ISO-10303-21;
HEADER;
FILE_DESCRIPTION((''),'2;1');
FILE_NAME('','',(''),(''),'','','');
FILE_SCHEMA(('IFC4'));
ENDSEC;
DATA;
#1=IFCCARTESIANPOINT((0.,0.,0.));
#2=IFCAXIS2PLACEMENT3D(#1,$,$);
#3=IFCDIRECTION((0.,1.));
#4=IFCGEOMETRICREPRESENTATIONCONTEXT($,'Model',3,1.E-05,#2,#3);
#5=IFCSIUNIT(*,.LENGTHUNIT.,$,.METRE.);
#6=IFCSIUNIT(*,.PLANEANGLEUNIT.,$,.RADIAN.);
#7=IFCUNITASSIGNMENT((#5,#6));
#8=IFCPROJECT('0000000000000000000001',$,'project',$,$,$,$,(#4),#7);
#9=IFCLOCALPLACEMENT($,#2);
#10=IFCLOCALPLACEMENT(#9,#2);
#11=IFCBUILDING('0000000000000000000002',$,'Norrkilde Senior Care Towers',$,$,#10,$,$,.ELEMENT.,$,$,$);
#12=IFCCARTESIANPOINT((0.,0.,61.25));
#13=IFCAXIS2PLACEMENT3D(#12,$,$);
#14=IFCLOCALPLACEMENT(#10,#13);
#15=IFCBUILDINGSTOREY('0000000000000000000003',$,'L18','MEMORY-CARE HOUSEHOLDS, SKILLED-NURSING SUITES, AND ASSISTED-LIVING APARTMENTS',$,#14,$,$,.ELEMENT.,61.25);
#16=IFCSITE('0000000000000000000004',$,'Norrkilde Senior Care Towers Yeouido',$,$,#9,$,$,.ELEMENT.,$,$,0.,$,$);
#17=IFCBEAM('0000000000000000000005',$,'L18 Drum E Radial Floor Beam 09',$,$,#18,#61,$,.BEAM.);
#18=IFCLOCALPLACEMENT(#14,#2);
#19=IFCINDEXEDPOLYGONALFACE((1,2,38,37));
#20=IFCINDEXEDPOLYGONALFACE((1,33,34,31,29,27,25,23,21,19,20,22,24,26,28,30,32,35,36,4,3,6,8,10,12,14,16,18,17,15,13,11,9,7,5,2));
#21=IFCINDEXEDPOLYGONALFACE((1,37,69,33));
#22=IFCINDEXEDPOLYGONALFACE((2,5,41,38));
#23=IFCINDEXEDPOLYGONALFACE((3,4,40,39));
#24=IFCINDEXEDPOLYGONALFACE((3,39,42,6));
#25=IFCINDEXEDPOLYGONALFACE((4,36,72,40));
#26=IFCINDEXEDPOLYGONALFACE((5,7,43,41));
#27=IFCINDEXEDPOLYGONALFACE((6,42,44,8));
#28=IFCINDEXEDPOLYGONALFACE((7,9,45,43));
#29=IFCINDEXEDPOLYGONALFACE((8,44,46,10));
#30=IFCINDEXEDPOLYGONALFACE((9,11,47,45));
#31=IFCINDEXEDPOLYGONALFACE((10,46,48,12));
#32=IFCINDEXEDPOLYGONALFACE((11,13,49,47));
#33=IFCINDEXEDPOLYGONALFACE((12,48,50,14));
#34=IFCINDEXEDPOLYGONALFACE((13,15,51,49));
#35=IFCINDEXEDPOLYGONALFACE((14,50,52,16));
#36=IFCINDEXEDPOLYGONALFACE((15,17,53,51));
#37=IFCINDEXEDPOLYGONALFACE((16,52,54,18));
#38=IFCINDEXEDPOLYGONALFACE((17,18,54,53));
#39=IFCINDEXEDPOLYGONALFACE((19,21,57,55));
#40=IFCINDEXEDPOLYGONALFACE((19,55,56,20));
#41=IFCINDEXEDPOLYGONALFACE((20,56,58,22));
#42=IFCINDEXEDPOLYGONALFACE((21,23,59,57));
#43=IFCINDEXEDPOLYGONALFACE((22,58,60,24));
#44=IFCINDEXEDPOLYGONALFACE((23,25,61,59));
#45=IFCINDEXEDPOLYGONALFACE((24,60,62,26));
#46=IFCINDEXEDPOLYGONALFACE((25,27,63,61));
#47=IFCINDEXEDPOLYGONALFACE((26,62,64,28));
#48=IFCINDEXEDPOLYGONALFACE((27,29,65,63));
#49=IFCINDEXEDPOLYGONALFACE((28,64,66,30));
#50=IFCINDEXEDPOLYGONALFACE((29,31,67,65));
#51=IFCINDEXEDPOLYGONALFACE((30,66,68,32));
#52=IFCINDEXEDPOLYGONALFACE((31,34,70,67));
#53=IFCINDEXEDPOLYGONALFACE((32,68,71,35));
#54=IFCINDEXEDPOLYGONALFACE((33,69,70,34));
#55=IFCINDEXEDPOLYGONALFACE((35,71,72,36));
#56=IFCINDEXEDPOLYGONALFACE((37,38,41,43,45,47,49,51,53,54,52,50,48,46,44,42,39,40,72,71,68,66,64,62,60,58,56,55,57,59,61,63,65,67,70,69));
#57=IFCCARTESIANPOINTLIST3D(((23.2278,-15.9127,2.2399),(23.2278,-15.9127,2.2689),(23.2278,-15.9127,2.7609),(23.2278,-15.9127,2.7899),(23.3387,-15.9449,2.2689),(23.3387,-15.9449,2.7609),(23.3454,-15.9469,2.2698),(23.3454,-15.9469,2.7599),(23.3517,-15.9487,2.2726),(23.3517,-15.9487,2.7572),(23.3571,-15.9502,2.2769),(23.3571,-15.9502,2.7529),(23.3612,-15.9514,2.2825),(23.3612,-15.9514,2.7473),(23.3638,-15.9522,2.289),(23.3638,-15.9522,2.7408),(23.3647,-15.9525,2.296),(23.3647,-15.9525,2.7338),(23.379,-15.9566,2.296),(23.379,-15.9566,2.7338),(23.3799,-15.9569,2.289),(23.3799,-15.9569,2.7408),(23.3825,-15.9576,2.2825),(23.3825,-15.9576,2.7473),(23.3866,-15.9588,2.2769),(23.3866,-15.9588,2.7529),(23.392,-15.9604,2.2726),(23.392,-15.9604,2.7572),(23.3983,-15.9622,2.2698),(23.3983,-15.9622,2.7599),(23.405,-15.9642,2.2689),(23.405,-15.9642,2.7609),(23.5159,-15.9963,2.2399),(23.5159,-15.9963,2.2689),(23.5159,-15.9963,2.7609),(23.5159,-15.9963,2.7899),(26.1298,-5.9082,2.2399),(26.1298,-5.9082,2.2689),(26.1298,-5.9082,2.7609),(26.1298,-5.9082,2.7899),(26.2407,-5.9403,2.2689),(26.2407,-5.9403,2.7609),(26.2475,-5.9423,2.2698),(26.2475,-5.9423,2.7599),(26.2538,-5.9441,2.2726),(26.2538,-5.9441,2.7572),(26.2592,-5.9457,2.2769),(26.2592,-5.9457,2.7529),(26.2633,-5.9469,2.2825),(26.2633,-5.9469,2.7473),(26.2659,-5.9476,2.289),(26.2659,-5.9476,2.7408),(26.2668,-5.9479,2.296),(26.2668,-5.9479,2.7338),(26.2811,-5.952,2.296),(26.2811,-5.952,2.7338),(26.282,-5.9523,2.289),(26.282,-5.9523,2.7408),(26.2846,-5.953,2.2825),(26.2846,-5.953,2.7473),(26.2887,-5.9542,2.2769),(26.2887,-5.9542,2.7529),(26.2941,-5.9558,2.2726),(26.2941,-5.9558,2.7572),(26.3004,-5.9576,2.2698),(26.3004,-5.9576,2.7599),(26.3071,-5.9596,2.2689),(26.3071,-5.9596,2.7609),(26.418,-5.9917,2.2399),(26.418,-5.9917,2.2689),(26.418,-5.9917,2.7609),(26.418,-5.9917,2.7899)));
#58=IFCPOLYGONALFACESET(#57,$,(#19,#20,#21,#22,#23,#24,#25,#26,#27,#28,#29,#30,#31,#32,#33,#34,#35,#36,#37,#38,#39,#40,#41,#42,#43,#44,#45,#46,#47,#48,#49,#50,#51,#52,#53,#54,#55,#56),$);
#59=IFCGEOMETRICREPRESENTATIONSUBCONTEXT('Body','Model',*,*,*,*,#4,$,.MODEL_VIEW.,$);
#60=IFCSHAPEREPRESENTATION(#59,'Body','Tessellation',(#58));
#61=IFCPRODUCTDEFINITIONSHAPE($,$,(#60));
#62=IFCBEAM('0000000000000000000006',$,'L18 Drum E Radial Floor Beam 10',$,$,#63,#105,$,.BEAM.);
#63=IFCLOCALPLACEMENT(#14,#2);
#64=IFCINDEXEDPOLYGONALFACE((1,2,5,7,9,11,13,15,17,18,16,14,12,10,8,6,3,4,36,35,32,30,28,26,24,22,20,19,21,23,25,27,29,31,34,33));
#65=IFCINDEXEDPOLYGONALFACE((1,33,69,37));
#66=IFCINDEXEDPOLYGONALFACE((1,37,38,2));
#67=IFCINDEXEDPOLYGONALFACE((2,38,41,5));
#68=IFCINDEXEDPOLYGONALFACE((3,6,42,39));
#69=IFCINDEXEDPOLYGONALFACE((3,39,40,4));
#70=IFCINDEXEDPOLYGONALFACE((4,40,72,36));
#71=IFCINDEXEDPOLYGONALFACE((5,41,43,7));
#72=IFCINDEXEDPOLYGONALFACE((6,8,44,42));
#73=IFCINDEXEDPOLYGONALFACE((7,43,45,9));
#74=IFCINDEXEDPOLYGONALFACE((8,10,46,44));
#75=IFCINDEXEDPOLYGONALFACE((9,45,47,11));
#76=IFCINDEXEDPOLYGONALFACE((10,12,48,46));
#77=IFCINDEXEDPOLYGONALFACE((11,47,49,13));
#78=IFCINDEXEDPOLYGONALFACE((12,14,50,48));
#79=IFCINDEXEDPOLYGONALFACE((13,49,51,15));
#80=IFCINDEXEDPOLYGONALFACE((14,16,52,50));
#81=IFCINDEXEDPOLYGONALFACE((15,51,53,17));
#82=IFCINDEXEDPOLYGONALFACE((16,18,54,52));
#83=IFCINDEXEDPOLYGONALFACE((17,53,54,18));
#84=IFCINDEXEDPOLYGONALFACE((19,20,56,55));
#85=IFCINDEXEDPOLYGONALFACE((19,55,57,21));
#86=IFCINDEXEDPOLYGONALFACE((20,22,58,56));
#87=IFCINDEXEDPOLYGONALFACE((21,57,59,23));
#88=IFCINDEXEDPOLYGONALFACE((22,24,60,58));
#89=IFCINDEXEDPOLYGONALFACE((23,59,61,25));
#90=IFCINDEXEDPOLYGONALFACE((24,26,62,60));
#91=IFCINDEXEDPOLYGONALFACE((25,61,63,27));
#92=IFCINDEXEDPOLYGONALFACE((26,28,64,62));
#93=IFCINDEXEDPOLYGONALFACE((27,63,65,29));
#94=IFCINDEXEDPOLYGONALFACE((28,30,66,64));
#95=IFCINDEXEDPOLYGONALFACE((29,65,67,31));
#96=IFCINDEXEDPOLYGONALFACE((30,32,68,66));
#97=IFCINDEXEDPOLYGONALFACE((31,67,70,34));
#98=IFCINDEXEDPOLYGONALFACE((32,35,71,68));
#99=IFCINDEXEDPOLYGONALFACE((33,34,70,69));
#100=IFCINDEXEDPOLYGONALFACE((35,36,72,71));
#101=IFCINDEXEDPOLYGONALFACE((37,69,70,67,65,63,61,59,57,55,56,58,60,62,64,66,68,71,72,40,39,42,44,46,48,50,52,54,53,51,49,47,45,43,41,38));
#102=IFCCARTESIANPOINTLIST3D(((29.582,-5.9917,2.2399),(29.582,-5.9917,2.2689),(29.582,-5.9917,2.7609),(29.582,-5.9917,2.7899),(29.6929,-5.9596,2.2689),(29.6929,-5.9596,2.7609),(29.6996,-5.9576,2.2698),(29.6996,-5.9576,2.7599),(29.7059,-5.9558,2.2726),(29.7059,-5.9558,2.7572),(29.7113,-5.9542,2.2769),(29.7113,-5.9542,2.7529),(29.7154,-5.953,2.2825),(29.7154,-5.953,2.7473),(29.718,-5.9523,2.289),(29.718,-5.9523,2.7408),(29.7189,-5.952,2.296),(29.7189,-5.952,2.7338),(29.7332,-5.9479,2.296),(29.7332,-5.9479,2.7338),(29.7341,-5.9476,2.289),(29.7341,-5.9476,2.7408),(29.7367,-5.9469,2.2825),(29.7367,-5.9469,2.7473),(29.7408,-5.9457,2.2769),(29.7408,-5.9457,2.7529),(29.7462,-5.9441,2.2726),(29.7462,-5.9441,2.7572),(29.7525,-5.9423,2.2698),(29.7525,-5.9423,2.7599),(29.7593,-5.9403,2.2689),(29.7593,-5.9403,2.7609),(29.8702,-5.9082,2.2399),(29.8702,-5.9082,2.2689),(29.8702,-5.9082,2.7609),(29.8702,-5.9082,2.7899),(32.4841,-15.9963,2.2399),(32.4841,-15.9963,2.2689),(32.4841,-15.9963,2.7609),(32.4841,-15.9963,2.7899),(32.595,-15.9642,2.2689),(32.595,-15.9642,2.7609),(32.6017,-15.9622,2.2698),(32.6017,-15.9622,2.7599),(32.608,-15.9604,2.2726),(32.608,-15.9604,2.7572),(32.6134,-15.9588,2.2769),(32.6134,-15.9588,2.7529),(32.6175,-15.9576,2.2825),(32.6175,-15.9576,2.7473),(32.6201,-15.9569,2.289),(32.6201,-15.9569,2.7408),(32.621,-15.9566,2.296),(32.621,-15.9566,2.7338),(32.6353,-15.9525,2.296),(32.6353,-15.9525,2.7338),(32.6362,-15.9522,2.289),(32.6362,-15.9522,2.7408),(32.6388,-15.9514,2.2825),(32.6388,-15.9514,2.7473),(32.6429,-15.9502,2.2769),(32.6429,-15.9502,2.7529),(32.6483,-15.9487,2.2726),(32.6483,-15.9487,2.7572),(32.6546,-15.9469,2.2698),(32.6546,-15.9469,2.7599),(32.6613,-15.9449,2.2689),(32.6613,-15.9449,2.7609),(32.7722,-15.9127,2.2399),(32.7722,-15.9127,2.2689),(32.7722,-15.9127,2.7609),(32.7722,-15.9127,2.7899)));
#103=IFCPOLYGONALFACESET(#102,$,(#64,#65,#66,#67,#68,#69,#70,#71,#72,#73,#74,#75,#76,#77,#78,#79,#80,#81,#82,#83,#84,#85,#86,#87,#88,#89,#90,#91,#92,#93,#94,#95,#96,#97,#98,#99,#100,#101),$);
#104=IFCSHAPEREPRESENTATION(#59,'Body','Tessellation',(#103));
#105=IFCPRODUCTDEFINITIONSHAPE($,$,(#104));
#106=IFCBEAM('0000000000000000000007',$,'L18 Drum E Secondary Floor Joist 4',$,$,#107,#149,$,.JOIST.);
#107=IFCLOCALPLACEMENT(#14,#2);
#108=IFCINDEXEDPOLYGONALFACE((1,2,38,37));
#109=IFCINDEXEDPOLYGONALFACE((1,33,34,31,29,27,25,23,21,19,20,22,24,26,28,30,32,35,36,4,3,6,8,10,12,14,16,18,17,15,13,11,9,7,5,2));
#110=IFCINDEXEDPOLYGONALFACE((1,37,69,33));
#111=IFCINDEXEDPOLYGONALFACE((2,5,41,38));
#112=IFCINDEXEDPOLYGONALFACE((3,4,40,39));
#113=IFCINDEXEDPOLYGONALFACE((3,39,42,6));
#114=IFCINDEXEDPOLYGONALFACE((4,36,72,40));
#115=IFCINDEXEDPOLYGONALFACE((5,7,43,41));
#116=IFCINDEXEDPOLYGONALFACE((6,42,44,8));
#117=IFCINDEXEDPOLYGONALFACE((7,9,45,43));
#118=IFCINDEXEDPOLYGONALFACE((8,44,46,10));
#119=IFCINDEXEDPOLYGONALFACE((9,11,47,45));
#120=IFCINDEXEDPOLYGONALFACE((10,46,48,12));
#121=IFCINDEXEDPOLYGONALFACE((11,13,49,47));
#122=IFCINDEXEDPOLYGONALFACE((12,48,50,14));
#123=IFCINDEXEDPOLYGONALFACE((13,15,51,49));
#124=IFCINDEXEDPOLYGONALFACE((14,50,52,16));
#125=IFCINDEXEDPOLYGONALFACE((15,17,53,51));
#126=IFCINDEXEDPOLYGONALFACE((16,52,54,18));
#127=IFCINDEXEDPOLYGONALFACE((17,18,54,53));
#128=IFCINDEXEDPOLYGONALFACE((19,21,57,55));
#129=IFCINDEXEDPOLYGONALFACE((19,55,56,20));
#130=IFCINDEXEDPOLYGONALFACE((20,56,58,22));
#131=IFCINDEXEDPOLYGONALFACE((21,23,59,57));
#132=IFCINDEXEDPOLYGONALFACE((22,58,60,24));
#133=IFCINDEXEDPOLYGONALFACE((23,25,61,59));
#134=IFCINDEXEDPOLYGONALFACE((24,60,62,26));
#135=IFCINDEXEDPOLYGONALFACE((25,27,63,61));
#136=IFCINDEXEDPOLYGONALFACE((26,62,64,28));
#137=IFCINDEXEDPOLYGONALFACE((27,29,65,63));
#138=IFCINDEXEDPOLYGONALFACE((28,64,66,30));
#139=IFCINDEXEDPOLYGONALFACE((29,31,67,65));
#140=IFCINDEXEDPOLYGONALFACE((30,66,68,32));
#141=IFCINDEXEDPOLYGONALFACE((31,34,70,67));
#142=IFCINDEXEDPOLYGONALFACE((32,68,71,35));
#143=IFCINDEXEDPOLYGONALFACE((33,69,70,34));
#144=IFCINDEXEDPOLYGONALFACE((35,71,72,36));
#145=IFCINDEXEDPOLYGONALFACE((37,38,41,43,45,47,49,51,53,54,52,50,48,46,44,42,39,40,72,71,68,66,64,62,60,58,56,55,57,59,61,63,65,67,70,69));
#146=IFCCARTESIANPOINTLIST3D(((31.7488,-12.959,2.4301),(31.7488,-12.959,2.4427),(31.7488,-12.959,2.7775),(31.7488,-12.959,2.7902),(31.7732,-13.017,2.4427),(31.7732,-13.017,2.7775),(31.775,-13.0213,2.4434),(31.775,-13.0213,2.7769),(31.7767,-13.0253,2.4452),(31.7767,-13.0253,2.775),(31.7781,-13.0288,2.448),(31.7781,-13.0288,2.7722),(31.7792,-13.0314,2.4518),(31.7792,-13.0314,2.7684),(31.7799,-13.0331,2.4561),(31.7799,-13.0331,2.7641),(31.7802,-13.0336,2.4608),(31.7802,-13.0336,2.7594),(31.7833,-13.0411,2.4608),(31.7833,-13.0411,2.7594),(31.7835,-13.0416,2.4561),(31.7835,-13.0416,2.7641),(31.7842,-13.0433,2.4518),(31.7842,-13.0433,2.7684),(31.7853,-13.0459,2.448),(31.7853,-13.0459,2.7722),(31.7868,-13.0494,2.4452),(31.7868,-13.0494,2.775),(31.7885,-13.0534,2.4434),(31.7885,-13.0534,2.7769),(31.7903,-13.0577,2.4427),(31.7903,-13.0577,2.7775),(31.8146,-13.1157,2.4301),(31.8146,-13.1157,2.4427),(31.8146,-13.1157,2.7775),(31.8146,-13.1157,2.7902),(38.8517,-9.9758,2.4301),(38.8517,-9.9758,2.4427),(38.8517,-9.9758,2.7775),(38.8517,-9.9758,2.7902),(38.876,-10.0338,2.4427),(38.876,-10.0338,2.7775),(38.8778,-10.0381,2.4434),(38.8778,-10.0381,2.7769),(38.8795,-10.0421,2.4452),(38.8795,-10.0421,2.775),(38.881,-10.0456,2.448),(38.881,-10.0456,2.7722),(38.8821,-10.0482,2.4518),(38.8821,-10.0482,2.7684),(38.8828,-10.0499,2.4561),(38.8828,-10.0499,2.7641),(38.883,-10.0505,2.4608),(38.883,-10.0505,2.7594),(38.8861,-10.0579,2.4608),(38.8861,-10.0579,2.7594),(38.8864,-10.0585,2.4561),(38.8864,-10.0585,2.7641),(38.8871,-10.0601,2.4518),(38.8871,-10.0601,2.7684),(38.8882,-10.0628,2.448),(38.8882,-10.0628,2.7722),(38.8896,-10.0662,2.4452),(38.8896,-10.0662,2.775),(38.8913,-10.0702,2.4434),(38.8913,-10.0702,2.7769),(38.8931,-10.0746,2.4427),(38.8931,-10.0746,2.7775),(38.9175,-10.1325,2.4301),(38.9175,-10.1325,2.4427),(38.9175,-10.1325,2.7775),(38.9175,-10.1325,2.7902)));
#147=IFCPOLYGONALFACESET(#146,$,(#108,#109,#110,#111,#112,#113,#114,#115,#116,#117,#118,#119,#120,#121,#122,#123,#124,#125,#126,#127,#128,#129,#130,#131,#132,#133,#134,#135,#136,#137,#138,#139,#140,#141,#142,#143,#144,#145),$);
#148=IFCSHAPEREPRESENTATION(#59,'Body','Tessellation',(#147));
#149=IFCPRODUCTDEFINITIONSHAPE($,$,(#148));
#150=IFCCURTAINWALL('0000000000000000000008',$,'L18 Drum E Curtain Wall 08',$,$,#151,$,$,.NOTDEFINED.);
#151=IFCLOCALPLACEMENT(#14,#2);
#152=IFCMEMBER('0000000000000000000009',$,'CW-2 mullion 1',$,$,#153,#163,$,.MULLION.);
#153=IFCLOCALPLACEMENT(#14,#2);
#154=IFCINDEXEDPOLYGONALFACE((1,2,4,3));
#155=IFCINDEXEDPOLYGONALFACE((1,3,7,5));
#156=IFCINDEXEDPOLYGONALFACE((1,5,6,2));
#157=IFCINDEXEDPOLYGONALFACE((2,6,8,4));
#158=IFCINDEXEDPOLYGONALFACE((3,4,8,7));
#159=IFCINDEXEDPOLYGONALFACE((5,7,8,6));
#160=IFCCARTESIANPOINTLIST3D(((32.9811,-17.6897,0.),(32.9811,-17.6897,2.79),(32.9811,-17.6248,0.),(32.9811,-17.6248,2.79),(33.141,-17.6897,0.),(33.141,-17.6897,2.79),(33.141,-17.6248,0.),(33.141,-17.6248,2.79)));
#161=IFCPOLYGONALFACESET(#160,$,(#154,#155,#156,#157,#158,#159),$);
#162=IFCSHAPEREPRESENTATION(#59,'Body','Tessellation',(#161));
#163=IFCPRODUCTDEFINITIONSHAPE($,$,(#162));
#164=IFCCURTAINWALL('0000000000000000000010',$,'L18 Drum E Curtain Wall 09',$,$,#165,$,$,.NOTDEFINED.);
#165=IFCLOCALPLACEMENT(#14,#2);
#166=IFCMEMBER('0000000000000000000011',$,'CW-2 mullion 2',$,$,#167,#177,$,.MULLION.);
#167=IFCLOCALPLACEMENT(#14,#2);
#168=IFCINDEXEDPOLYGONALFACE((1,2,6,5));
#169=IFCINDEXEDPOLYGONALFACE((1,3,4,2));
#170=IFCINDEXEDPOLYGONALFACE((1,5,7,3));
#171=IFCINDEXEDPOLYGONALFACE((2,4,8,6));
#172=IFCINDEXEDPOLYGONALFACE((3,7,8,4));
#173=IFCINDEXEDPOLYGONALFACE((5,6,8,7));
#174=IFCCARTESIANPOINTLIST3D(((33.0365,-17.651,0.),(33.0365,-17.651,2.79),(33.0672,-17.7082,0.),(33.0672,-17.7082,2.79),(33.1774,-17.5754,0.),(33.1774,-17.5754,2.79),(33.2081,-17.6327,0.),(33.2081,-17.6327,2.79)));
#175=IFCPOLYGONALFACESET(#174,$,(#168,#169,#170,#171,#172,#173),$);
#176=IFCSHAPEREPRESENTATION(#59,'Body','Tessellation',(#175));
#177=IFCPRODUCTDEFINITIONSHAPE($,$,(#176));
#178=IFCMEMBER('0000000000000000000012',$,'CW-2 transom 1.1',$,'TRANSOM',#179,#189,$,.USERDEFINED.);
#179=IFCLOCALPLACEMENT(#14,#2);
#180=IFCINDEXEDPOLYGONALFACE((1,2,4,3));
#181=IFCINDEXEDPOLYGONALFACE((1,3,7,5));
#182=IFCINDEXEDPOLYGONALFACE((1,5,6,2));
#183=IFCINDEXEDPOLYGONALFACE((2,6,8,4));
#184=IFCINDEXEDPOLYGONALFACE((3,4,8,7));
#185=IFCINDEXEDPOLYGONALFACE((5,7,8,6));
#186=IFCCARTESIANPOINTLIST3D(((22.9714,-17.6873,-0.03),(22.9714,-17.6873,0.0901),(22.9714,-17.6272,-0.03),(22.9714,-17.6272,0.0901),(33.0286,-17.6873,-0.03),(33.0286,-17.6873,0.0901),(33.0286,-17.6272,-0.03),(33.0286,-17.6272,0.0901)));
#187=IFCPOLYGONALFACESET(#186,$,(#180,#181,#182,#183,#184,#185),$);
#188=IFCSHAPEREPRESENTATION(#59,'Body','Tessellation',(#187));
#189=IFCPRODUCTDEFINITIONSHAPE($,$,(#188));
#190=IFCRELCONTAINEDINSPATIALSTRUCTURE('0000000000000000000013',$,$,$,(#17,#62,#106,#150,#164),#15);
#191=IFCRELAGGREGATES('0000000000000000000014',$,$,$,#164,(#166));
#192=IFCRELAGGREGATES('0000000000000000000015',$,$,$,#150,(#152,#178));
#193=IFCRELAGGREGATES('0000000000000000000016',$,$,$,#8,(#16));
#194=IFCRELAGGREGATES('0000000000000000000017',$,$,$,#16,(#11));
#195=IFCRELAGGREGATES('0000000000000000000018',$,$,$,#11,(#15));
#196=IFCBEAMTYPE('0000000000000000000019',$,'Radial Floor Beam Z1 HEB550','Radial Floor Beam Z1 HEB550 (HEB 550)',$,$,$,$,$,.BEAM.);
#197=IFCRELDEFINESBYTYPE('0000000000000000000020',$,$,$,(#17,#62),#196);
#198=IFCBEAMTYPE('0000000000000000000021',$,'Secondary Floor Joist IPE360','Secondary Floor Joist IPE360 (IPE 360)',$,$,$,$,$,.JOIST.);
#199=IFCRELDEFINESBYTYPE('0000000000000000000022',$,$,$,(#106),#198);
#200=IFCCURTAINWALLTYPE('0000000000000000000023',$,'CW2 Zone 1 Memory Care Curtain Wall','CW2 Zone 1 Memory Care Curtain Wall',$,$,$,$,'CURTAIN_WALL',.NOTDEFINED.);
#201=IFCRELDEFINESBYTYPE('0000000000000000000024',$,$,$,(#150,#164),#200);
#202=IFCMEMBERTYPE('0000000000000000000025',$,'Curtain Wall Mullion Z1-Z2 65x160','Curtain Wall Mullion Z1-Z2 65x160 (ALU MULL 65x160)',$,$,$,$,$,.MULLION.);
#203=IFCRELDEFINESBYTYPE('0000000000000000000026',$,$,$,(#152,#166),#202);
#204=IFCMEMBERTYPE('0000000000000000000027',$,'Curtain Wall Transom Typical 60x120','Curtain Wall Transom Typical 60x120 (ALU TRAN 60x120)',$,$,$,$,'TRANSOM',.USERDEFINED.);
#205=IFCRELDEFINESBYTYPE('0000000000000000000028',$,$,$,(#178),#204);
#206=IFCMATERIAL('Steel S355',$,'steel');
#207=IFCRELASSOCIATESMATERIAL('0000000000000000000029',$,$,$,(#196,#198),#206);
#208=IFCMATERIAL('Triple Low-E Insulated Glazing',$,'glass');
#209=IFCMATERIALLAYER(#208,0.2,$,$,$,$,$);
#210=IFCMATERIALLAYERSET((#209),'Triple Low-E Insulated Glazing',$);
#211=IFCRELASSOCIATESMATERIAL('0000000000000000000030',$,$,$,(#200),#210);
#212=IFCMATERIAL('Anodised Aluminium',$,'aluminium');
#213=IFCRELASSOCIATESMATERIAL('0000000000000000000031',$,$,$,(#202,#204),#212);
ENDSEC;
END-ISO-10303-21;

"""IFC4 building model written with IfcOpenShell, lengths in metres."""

from ifc_helpers import new_model, si_unit, direction, frame, origin, origin_2d, place, context, subcontext, project, spatial, rectangle, i_section, extrude, source, transform, mapped, material, layer, layer_set, material_profile, profile_set, type_object, type_shapes, element, aggregate, save


model = new_model("IFC4")

# Units and contexts
model_context = context("Model", 3, precision=1e-05, world=origin(), true_north=direction((0.0, 1.0)))
body_context = subcontext(model_context, "Body", "Model", "MODEL_VIEW")
ifc_project = project(units=[si_unit("LENGTHUNIT", "METRE"), si_unit("PLANEANGLEUNIT", "RADIAN")], contexts=[model_context])

# Site, building, storey
site_placement = place(None, origin())
site = spatial("IfcSite", under=ifc_project, at=site_placement, Name="Norrkilde Senior Care Towers Yeouido", CompositionType="ELEMENT", RefElevation=0.0)
building_placement = place(site_placement, origin())
building = spatial("IfcBuilding", under=site, at=building_placement, Name="Norrkilde Senior Care Towers", CompositionType="ELEMENT")
storey_placement = place(building_placement, frame((0.0, 0.0, 61.25)))
storey = spatial("IfcBuildingStorey", under=building, at=storey_placement, Name="L18", Description="MEMORY-CARE HOUSEHOLDS, SKILLED-NURSING SUITES, AND ASSISTED-LIVING APARTMENTS", CompositionType="ELEMENT", Elevation=61.25)

# Beams
ifc_material_1 = material(Name="Steel S355", Category="steel")
ifc_material_profile_1 = material_profile(ifc_material_1, i_section(OverallWidth=0.3, OverallDepth=0.55, WebThickness=0.0149, FlangeThickness=0.0291, FilletRadius=0.0271, at=origin_2d()), Name="HEB 550")
ifc_profile_set_1 = profile_set([ifc_material_profile_1], Name="Steel S355")
beam_type_1 = type_object("IfcBeamType", Name="Radial Floor Beam Z1 HEB550", Description="Radial Floor Beam Z1 HEB550 (HEB 550)", PredefinedType="BEAM", material=ifc_profile_set_1)
shared_shape_1 = source(origin(), body_context, "Body", "SweptSolid", [
    extrude(i_section(OverallWidth=0.3, OverallDepth=0.55, WebThickness=0.0149, FlangeThickness=0.0291, FilletRadius=0.0271, at=origin_2d()), origin(), (0.0, 0.0, 1.0), 10.417),
])
for number, where, z_axis, x_axis, name in (
    (1, (26.2739, -5.95, 2.5149), (-0.278591, -0.96041, 0.0), (0.96041, -0.278591, 0.0), "L18 Drum E Radial Floor Beam 09"),
    (2, (29.7261, -5.95, 2.5149), (0.278591, -0.96041, 0.0), (0.96041, 0.278591, 0.0), "L18 Drum E Radial Floor Beam 10"),
):
    element("IfcBeam", number, at=place(storey_placement, frame(where, z_axis=z_axis, x_axis=x_axis)), inside=storey, type_object=beam_type_1, Name=name, PredefinedType="BEAM", context=body_context, shape_type="MappedRepresentation", body=[
        mapped(shared_shape_1, transform((0.0, 0.0, 0.0), x_axis=(1.0, 0.0, 0.0), y_axis=(0.0, 1.0, 0.0), z_axis=(0.0, 0.0, 1.0), scale=1.0)),
    ])
ifc_material_profile_2 = material_profile(ifc_material_1, i_section(OverallWidth=0.1699, OverallDepth=0.3601, WebThickness=0.0081, FlangeThickness=0.0127, FilletRadius=0.0181, at=origin_2d()), Name="IPE 360")
ifc_profile_set_2 = profile_set([ifc_material_profile_2], Name="Steel S355")
beam_type_2 = type_object("IfcBeamType", Name="Secondary Floor Joist IPE360", Description="Secondary Floor Joist IPE360 (IPE 360)", PredefinedType="JOIST", material=ifc_profile_set_2)
shared_shape_2 = source(origin(), body_context, "Body", "SweptSolid", [
    extrude(i_section(OverallWidth=0.1699, OverallDepth=0.3601, WebThickness=0.0081, FlangeThickness=0.0127, FilletRadius=0.0181, at=origin_2d()), origin(), (0.0, 0.0, 1.0), 7.7039),
])
type_shapes(beam_type_2, [shared_shape_2])
beam_1_placement = place(storey_placement, frame((31.7817, -13.0374, 2.6101), z_axis=(0.921983, 0.387231, 0.0), x_axis=(-0.387231, 0.921983, 0.0)))
element("IfcBeam", 3, at=beam_1_placement, inside=storey, type_object=beam_type_2, Name="L18 Drum E Secondary Floor Joist 4", PredefinedType="JOIST", context=body_context, shape_type="MappedRepresentation", body=[
    mapped(shared_shape_2, transform((0.0, 0.0, 0.0), x_axis=(1.0, 0.0, 0.0), y_axis=(0.0, 1.0, 0.0), z_axis=(0.0, 0.0, 1.0), scale=1.0)),
])

# Curtain walls, members
ifc_material_2 = material(Name="Triple Low-E Insulated Glazing", Category="glass")
ifc_layer_1 = layer(ifc_material_2, 0.2)
ifc_layer_set_1 = layer_set([ifc_layer_1], Name="Triple Low-E Insulated Glazing")
curtain_wall_type = type_object("IfcCurtainWallType", Name="CW2 Zone 1 Memory Care Curtain Wall", Description="CW2 Zone 1 Memory Care Curtain Wall", ElementType="CURTAIN_WALL", PredefinedType="NOTDEFINED", material=ifc_layer_set_1)
curtain_wall_1_placement = place(storey_placement, origin())
curtain_wall_1 = element("IfcCurtainWall", 4, at=curtain_wall_1_placement, inside=storey, type_object=curtain_wall_type, Name="L18 Drum E Curtain Wall 08", PredefinedType="NOTDEFINED")
ifc_material_3 = material(Name="Anodised Aluminium", Category="aluminium")
ifc_material_profile_3 = material_profile(ifc_material_3, rectangle(XDim=0.0649, YDim=0.1599, at=origin_2d()), Name="ALU MULL 65x160")
ifc_profile_set_3 = profile_set([ifc_material_profile_3], Name="Anodised Aluminium")
member_type_1 = type_object("IfcMemberType", Name="Curtain Wall Mullion Z1-Z2 65x160", Description="Curtain Wall Mullion Z1-Z2 65x160 (ALU MULL 65x160)", PredefinedType="MULLION", material=ifc_profile_set_3)
shared_shape_3 = source(origin(), body_context, "Body", "SweptSolid", [
    extrude(rectangle(XDim=0.0649, YDim=0.1599, at=origin_2d()), origin(), (0.0, 0.0, 1.0), 2.79),
])
type_shapes(member_type_1, [shared_shape_3])
member_1_placement = place(storey_placement, frame((33.061, -17.6572, 0.0), z_axis=(0.0, 0.0, 1.0), x_axis=(0.0, -1.0, 0.0)))
member_1 = element("IfcMember", 5, at=member_1_placement, type_object=member_type_1, Name="CW-2 mullion 1", PredefinedType="MULLION", context=body_context, shape_type="MappedRepresentation", body=[
    mapped(shared_shape_3, transform((0.0, 0.0, 0.0), x_axis=(1.0, 0.0, 0.0), y_axis=(0.0, 1.0, 0.0), z_axis=(0.0, 0.0, 1.0), scale=1.0)),
])
curtain_wall_2_placement = place(storey_placement, origin())
curtain_wall_2 = element("IfcCurtainWall", 6, at=curtain_wall_2_placement, inside=storey, type_object=curtain_wall_type, Name="L18 Drum E Curtain Wall 09", PredefinedType="NOTDEFINED")
member_2_placement = place(storey_placement, frame((33.1223, -17.6418, 0.0), z_axis=(0.0, 0.0, 1.0), x_axis=(0.472608, -0.881273, 0.0)))
member_2 = element("IfcMember", 7, at=member_2_placement, type_object=member_type_1, Name="CW-2 mullion 2", PredefinedType="MULLION", context=body_context, shape_type="MappedRepresentation", body=[
    mapped(shared_shape_3, transform((0.0, 0.0, 0.0), x_axis=(1.0, 0.0, 0.0), y_axis=(0.0, 1.0, 0.0), z_axis=(0.0, 0.0, 1.0), scale=1.0)),
])
aggregate(curtain_wall_2, [member_2])

# Member
ifc_material_profile_4 = material_profile(ifc_material_3, rectangle(XDim=0.0601, YDim=0.1201, at=origin_2d()), Name="ALU TRAN 60x120")
ifc_profile_set_4 = profile_set([ifc_material_profile_4], Name="Anodised Aluminium")
member_type_2 = type_object("IfcMemberType", Name="Curtain Wall Transom Typical 60x120", Description="Curtain Wall Transom Typical 60x120 (ALU TRAN 60x120)", ElementType="TRANSOM", PredefinedType="USERDEFINED", material=ifc_profile_set_4)
shared_shape_4 = source(origin(), body_context, "Body", "SweptSolid", [
    extrude(rectangle(XDim=0.0601, YDim=0.1201, at=origin_2d()), origin(), (0.0, 0.0, 1.0), 10.0571),
])
type_shapes(member_type_2, [shared_shape_4])
member_3_placement = place(storey_placement, frame((33.0286, -17.6572, 0.03), z_axis=(-1.0, 0.0, 0.0), x_axis=(0.0, -1.0, 0.0)))
member_3 = element("IfcMember", 8, at=member_3_placement, type_object=member_type_2, Name="CW-2 transom 1.1", ObjectType="TRANSOM", PredefinedType="USERDEFINED", context=body_context, shape_type="MappedRepresentation", body=[
    mapped(shared_shape_4, transform((0.0, 0.0, 0.0), x_axis=(1.0, 0.0, 0.0), y_axis=(0.0, 1.0, 0.0), z_axis=(0.0, 0.0, 1.0), scale=1.0)),
])

aggregate(curtain_wall_1, [member_1, member_3])

save(model, "model.ifc")
